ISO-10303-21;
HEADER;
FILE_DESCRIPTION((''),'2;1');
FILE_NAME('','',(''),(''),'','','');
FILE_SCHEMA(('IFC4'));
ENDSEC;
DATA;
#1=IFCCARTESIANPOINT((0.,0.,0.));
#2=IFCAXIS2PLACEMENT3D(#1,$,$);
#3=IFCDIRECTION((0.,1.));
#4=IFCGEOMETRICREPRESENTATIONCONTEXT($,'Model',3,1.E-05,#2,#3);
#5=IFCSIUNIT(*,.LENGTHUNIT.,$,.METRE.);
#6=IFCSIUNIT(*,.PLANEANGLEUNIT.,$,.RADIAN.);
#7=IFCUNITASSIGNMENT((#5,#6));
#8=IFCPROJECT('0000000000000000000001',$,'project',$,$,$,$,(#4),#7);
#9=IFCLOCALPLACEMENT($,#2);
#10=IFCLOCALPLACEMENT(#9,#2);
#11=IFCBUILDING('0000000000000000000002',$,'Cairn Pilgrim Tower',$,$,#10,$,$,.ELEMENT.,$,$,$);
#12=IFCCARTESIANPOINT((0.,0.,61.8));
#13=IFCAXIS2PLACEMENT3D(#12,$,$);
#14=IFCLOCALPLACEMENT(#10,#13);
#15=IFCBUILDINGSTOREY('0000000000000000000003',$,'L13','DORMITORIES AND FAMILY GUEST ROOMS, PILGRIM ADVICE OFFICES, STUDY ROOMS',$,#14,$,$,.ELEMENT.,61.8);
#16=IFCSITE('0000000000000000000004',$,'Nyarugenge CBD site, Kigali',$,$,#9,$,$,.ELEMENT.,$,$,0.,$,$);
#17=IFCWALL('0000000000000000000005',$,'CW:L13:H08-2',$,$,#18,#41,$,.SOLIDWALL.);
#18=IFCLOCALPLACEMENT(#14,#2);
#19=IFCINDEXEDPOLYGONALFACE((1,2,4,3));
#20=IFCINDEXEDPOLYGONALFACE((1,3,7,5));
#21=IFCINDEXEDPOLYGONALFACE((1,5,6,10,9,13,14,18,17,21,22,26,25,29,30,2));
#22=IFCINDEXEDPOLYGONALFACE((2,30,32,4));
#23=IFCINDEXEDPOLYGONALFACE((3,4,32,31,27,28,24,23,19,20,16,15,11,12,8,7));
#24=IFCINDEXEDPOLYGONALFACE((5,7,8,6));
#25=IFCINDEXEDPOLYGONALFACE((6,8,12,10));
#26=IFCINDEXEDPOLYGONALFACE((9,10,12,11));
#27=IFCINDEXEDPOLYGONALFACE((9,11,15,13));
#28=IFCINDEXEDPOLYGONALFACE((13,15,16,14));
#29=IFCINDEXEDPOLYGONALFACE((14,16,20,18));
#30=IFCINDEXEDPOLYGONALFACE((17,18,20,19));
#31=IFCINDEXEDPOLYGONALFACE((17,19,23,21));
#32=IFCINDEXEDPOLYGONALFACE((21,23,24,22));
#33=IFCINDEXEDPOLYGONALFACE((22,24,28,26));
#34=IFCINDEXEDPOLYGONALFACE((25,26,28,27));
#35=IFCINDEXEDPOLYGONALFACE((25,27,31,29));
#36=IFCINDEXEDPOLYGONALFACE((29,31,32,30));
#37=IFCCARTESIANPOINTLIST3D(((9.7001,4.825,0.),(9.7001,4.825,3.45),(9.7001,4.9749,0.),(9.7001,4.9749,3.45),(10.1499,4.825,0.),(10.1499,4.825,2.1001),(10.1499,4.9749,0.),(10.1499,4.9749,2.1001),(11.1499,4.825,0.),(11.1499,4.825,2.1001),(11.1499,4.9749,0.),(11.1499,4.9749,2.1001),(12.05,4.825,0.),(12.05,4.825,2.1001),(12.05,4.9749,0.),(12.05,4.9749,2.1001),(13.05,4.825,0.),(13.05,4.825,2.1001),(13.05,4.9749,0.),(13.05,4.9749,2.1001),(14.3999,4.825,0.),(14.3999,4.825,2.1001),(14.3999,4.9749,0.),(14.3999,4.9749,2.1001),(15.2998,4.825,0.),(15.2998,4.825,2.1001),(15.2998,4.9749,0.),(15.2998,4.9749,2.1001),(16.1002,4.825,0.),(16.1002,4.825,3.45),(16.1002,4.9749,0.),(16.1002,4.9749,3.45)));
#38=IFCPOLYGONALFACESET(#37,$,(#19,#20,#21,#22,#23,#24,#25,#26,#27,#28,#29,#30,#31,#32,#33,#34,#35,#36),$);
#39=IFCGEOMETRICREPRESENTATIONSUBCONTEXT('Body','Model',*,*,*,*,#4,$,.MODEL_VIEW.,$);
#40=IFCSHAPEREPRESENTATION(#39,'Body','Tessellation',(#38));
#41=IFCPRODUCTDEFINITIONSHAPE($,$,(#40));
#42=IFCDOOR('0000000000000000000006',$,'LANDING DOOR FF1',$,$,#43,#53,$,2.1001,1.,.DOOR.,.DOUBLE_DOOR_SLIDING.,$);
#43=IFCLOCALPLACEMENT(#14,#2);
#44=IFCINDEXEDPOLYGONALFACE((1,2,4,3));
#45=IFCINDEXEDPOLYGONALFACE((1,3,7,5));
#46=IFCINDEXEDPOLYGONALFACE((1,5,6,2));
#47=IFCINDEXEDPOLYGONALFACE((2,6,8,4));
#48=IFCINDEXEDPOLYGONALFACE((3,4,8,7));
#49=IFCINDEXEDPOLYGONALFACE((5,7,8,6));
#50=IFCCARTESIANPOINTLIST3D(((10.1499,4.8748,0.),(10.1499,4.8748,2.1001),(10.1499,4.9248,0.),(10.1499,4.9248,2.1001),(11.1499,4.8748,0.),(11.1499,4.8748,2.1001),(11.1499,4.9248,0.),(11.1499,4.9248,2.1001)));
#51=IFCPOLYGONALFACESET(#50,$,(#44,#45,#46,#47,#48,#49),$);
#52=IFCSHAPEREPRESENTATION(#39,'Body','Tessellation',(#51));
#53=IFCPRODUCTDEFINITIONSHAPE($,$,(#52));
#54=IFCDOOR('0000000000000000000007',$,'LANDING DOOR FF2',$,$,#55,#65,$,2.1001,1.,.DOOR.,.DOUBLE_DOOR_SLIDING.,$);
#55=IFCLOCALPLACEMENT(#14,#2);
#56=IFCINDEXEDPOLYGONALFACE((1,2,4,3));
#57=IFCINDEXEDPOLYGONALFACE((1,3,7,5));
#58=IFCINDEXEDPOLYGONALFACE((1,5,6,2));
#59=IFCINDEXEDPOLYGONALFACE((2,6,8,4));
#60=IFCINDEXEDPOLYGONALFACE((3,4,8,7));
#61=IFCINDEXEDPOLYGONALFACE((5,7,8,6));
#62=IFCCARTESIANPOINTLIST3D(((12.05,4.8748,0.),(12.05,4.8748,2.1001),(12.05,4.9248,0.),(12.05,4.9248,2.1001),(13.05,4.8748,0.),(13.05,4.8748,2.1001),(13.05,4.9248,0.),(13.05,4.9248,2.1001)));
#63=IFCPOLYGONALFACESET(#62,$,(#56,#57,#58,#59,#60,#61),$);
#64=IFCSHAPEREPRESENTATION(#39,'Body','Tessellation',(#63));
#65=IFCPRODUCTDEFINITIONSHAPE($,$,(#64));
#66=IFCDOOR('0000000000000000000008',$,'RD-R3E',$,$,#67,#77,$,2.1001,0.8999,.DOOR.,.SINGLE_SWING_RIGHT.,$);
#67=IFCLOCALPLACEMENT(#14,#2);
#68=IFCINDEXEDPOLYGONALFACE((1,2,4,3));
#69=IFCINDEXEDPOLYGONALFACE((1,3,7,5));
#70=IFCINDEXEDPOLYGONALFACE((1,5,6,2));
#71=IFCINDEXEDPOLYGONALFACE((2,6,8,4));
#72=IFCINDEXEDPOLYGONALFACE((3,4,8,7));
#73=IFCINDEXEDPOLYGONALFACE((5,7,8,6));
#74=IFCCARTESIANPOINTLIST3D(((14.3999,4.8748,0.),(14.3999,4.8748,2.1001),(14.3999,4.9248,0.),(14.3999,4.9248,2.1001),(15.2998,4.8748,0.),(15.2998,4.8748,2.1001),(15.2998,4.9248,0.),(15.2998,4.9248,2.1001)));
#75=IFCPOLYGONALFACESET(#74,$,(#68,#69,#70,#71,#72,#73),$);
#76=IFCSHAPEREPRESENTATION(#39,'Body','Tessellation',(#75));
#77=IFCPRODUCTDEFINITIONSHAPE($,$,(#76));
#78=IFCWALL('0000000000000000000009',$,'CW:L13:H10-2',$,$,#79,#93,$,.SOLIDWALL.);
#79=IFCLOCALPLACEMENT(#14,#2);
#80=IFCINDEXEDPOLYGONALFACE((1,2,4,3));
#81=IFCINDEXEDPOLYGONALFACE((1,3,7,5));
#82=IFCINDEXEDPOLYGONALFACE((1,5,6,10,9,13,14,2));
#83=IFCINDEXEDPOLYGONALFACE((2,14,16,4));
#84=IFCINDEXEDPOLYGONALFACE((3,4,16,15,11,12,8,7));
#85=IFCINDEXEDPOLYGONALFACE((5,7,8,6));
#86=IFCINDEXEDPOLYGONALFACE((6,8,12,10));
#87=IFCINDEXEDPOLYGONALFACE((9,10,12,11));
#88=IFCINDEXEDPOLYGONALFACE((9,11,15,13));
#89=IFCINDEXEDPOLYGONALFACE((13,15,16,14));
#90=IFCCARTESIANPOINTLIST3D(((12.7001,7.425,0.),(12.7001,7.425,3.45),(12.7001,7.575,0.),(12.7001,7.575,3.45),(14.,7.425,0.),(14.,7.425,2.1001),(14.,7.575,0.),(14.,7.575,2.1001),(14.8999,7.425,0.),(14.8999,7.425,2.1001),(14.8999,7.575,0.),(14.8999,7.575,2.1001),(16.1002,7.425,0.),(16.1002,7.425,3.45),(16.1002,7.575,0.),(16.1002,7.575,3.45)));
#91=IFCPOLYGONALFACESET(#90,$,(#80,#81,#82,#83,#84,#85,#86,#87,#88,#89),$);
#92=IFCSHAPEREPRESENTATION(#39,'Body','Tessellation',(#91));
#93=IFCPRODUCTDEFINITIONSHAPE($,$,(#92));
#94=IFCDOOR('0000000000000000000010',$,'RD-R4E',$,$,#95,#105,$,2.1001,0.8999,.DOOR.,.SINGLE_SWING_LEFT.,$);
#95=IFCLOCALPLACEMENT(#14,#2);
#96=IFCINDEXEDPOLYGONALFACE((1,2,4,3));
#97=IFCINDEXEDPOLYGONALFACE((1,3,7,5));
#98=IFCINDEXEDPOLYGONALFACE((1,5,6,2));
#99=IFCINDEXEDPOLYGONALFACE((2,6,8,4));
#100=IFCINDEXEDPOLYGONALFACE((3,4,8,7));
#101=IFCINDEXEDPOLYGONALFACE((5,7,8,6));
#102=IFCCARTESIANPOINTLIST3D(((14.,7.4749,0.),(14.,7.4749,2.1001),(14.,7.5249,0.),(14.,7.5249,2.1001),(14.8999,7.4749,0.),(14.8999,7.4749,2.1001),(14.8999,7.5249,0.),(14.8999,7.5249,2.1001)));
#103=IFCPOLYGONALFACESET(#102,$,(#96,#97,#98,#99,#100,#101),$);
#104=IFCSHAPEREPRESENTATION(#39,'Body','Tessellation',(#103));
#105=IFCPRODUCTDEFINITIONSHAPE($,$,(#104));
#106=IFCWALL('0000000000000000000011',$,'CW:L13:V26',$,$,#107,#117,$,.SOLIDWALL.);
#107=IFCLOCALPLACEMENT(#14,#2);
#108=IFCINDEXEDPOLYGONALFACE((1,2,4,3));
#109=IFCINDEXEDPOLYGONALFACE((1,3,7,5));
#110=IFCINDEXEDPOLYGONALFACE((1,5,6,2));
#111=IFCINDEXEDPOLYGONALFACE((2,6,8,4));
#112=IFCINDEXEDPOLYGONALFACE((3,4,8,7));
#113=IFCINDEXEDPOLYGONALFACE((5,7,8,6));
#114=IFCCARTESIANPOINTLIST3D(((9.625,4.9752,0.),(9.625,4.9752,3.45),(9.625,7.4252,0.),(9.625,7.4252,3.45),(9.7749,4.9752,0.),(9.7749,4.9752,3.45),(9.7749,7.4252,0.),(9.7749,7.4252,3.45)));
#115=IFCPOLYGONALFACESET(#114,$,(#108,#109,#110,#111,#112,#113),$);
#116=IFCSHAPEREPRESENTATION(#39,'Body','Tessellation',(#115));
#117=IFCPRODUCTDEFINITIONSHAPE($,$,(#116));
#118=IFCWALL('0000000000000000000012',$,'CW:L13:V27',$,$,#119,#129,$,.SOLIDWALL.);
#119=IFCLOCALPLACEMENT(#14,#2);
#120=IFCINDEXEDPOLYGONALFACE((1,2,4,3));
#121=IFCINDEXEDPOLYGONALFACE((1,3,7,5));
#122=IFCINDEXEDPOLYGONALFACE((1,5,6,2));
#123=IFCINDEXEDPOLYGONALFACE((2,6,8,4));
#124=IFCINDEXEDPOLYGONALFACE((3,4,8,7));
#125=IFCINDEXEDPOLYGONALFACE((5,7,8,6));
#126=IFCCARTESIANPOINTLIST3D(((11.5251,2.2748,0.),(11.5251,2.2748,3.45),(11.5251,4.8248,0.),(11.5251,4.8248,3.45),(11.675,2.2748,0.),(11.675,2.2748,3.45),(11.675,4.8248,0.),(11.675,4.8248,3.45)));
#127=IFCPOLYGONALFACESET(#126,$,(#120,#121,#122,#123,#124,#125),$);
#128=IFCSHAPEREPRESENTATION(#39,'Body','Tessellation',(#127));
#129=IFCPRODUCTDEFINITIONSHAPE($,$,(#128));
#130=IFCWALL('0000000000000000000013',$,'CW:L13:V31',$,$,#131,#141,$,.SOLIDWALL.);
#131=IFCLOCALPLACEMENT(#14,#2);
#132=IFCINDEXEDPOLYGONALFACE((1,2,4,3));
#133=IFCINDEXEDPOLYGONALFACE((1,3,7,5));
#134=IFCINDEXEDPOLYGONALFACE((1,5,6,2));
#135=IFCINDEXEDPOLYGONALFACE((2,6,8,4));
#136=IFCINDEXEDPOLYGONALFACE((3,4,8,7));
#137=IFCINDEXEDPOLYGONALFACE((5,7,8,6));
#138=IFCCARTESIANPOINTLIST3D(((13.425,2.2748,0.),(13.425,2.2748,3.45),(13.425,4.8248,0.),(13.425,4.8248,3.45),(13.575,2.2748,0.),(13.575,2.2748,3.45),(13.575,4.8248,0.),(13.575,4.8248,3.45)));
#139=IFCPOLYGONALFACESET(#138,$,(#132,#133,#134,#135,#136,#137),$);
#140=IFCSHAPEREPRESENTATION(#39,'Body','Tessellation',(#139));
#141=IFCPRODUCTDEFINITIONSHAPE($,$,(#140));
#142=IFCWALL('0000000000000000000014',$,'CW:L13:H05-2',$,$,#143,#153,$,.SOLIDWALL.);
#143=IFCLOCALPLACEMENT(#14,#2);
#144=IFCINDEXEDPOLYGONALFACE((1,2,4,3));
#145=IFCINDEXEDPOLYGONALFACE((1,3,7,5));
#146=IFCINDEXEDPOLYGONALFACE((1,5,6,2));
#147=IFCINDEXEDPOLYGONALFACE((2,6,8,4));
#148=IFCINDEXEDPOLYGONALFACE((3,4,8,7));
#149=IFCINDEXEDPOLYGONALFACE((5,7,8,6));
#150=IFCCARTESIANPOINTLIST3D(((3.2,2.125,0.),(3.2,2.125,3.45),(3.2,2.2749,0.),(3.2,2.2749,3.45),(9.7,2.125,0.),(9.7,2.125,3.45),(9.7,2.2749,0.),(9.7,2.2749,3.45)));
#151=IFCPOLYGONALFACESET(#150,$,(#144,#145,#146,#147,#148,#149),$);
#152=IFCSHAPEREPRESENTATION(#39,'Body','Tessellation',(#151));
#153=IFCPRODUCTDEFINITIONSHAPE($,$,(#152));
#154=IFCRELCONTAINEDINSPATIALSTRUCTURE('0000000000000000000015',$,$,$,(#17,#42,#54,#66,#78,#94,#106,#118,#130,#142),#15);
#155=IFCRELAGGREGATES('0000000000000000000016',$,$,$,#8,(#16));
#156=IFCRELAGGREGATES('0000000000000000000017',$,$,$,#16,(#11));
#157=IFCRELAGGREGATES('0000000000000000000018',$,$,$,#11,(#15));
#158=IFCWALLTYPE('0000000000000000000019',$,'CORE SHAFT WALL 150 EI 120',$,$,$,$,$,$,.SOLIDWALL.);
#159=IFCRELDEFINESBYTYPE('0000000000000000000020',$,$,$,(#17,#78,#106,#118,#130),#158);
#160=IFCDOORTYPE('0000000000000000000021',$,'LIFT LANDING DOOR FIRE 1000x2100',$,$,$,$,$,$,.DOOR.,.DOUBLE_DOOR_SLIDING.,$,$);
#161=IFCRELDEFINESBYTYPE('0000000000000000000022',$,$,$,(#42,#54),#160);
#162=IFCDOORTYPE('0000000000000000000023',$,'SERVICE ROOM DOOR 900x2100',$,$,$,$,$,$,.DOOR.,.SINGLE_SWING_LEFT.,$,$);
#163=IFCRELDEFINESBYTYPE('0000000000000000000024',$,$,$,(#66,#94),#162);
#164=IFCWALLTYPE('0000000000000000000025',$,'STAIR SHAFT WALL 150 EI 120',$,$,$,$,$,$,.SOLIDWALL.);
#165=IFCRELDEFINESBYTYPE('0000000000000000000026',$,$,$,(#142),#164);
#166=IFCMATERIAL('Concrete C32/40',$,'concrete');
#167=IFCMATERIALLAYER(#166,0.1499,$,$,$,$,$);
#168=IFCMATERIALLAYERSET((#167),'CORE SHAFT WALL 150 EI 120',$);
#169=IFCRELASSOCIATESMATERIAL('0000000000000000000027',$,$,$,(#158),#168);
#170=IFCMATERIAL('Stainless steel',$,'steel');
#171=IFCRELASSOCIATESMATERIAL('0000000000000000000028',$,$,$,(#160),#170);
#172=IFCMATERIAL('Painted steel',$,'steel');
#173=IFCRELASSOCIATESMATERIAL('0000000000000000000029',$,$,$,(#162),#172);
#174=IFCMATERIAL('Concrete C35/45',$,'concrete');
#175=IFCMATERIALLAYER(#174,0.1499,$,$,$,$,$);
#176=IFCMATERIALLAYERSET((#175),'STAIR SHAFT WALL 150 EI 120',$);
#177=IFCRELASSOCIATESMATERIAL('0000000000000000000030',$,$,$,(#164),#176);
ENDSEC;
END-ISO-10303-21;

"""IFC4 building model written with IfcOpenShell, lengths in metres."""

from ifc_helpers import new_model, si_unit, direction, frame, frame_2d, origin, place, context, subcontext, project, spatial, rectangle, extrude, material, layer, layer_set, type_object, element, fill, save


model = new_model("IFC4")

# Units and contexts
model_context = context("Model", 3, precision=1e-05, world=origin(), true_north=direction((0.0, 1.0)))
body_context = subcontext(model_context, "Body", "Model", "MODEL_VIEW")
ifc_project = project(units=[si_unit("LENGTHUNIT", "METRE"), si_unit("PLANEANGLEUNIT", "RADIAN")], contexts=[model_context])

# Site, building, storey
site_placement = place(None, origin())
site = spatial("IfcSite", under=ifc_project, at=site_placement, Name="Nyarugenge CBD site, Kigali", CompositionType="ELEMENT", RefElevation=0.0)
building_placement = place(site_placement, origin())
building = spatial("IfcBuilding", under=site, at=building_placement, Name="Cairn Pilgrim Tower", CompositionType="ELEMENT")
storey_placement = place(building_placement, frame((0.0, 0.0, 61.8)))
storey = spatial("IfcBuildingStorey", under=building, at=storey_placement, Name="L13", Description="DORMITORIES AND FAMILY GUEST ROOMS, PILGRIM ADVICE OFFICES, STUDY ROOMS", CompositionType="ELEMENT", Elevation=61.8)

# Shared definitions
ifc_material_1 = material(Name="Concrete C32/40", Category="concrete")
ifc_layer_1 = layer(ifc_material_1, 0.1499)
ifc_layer_set_1 = layer_set([ifc_layer_1], Name="CORE SHAFT WALL 150 EI 120")
wall_type_1 = type_object("IfcWallType", Name="CORE SHAFT WALL 150 EI 120", PredefinedType="SOLIDWALL", material=ifc_layer_set_1)

# Wall, openings, doors
wall_1_placement = place(storey_placement, frame((9.7, 4.8999, 0.0), z_axis=(0.0, 0.0, 1.0), x_axis=(1.0, 0.0, 0.0)))
wall_1 = element("IfcWall", 1, at=wall_1_placement, inside=storey, type_object=wall_type_1, Name="CW:L13:H08-2", PredefinedType="SOLIDWALL", context=body_context, shape_type="SweptSolid", body=[
    extrude(rectangle(XDim=6.4001, YDim=0.1499, at=frame_2d((3.2002, 0.0))), origin(), (0.0, 0.0, 1.0), 3.45),
])
opening_1_placement = place(wall_1_placement, frame((0.45, 0.0, 0.0)))
opening_1 = element("IfcOpeningElement", 2, at=opening_1_placement, cuts=wall_1, PredefinedType="OPENING", context=body_context, shape_type="SweptSolid", body=[
    extrude(rectangle(XDim=1.0, YDim=2.1001, at=frame_2d((0.5, 1.05))), frame((0.0, 0.085, 0.0), z_axis=(0.0, -1.0, 0.0), x_axis=(1.0, 0.0, 0.0)), (0.0, 0.0, 1.0), 0.1699),
])
opening_2_placement = place(wall_1_placement, frame((2.3501, 0.0, 0.0)))
opening_2 = element("IfcOpeningElement", 3, at=opening_2_placement, cuts=wall_1, PredefinedType="OPENING", context=body_context, shape_type="SweptSolid", body=[
    extrude(rectangle(XDim=1.0, YDim=2.1001, at=frame_2d((0.5, 1.05))), frame((0.0, 0.085, 0.0), z_axis=(0.0, -1.0, 0.0), x_axis=(1.0, 0.0, 0.0)), (0.0, 0.0, 1.0), 0.1699),
])
opening_3_placement = place(wall_1_placement, frame((4.7, 0.0, 0.0)))
opening_3 = element("IfcOpeningElement", 4, at=opening_3_placement, cuts=wall_1, PredefinedType="OPENING", context=body_context, shape_type="SweptSolid", body=[
    extrude(rectangle(XDim=0.8999, YDim=2.1001, at=frame_2d((0.45, 1.05))), frame((0.0, 0.085, 0.0), z_axis=(0.0, -1.0, 0.0), x_axis=(1.0, 0.0, 0.0)), (0.0, 0.0, 1.0), 0.1699),
])
ifc_material_2 = material(Name="Stainless steel", Category="steel")
door_type_1 = type_object("IfcDoorType", Name="LIFT LANDING DOOR FIRE 1000x2100", OperationType="DOUBLE_DOOR_SLIDING", PredefinedType="DOOR", material=ifc_material_2)
door_1_placement = place(opening_1_placement, origin())
door_1 = element("IfcDoor", 5, at=door_1_placement, inside=storey, type_object=door_type_1, Name="LANDING DOOR FF1", OperationType="DOUBLE_DOOR_SLIDING", OverallHeight=2.1001, OverallWidth=1.0, PredefinedType="DOOR", context=body_context, shape_type="SweptSolid", body=[
    extrude(rectangle(XDim=1.0, YDim=2.1001, at=frame_2d((0.5, 1.05))), frame((0.0, 0.0249, 0.0), z_axis=(0.0, -1.0, 0.0), x_axis=(1.0, 0.0, 0.0)), (0.0, 0.0, 1.0), 0.05),
])
fill(opening_1, door_1)
door_2_placement = place(opening_2_placement, origin())
door_2 = element("IfcDoor", 6, at=door_2_placement, inside=storey, type_object=door_type_1, Name="LANDING DOOR FF2", OperationType="DOUBLE_DOOR_SLIDING", OverallHeight=2.1001, OverallWidth=1.0, PredefinedType="DOOR", context=body_context, shape_type="SweptSolid", body=[
    extrude(rectangle(XDim=1.0, YDim=2.1001, at=frame_2d((0.5, 1.05))), frame((0.0, 0.0249, 0.0), z_axis=(0.0, -1.0, 0.0), x_axis=(1.0, 0.0, 0.0)), (0.0, 0.0, 1.0), 0.05),
])
fill(opening_2, door_2)
ifc_material_3 = material(Name="Painted steel", Category="steel")
door_type_2 = type_object("IfcDoorType", Name="SERVICE ROOM DOOR 900x2100", OperationType="SINGLE_SWING_LEFT", PredefinedType="DOOR", material=ifc_material_3)
door_3_placement = place(opening_3_placement, origin())
door_3 = element("IfcDoor", 7, at=door_3_placement, inside=storey, type_object=door_type_2, Name="RD-R3E", OperationType="SINGLE_SWING_RIGHT", OverallHeight=2.1001, OverallWidth=0.8999, PredefinedType="DOOR", context=body_context, shape_type="SweptSolid", body=[
    extrude(rectangle(XDim=0.8999, YDim=2.1001, at=frame_2d((0.45, 1.05))), frame((0.0, 0.0249, 0.0), z_axis=(0.0, -1.0, 0.0), x_axis=(1.0, 0.0, 0.0)), (0.0, 0.0, 1.0), 0.05),
])
fill(opening_3, door_3)

# Wall, opening, door
wall_2_placement = place(storey_placement, frame((12.7, 7.5, 0.0), z_axis=(0.0, 0.0, 1.0), x_axis=(1.0, 0.0, 0.0)))
wall_2 = element("IfcWall", 8, at=wall_2_placement, inside=storey, type_object=wall_type_1, Name="CW:L13:H10-2", PredefinedType="SOLIDWALL", context=body_context, shape_type="SweptSolid", body=[
    extrude(rectangle(XDim=3.4001, YDim=0.1499, at=frame_2d((1.7002, 0.0))), origin(), (0.0, 0.0, 1.0), 3.45),
])
opening_4_placement = place(wall_2_placement, frame((1.3, 0.0, 0.0)))
opening_4 = element("IfcOpeningElement", 9, at=opening_4_placement, cuts=wall_2, PredefinedType="OPENING", context=body_context, shape_type="SweptSolid", body=[
    extrude(rectangle(XDim=0.8999, YDim=2.1001, at=frame_2d((0.45, 1.05))), frame((0.0, 0.085, 0.0), z_axis=(0.0, -1.0, 0.0), x_axis=(1.0, 0.0, 0.0)), (0.0, 0.0, 1.0), 0.1699),
])
door_4_placement = place(opening_4_placement, origin())
door_4 = element("IfcDoor", 10, at=door_4_placement, inside=storey, type_object=door_type_2, Name="RD-R4E", OperationType="SINGLE_SWING_LEFT", OverallHeight=2.1001, OverallWidth=0.8999, PredefinedType="DOOR", context=body_context, shape_type="SweptSolid", body=[
    extrude(rectangle(XDim=0.8999, YDim=2.1001, at=frame_2d((0.45, 1.05))), frame((0.0, 0.0249, 0.0), z_axis=(0.0, -1.0, 0.0), x_axis=(1.0, 0.0, 0.0)), (0.0, 0.0, 1.0), 0.05),
])
fill(opening_4, door_4)

# Walls
wall_3_placement = place(storey_placement, frame((9.7, 4.9751, 0.0), z_axis=(0.0, 0.0, 1.0), x_axis=(0.0, 1.0, 0.0)))
element("IfcWall", 11, at=wall_3_placement, inside=storey, type_object=wall_type_1, Name="CW:L13:V26", PredefinedType="SOLIDWALL", context=body_context, shape_type="SweptSolid", body=[
    extrude(rectangle(XDim=2.45, YDim=0.1499, at=frame_2d((1.2251, 0.0))), origin(), (0.0, 0.0, 1.0), 3.45),
])
for number, where, z_axis, x_axis, name in (
    (12, (11.6001, 2.2749, 0.0), (0.0, 0.0, 1.0), (0.0, 1.0, 0.0), "CW:L13:V27"),
    (13, (13.5, 2.2749, 0.0), (0.0, 0.0, 1.0), (0.0, 1.0, 0.0), "CW:L13:V31"),
):
    element("IfcWall", number, at=place(storey_placement, frame(where, z_axis=z_axis, x_axis=x_axis)), inside=storey, type_object=wall_type_1, Name=name, PredefinedType="SOLIDWALL", context=body_context, shape_type="SweptSolid", body=[
        extrude(rectangle(XDim=2.55, YDim=0.1499, at=frame_2d((1.2749, 0.0))), origin(), (0.0, 0.0, 1.0), 3.45),
    ])
ifc_material_4 = material(Name="Concrete C35/45", Category="concrete")
ifc_layer_2 = layer(ifc_material_4, 0.1499)
ifc_layer_set_2 = layer_set([ifc_layer_2], Name="STAIR SHAFT WALL 150 EI 120")
wall_type_2 = type_object("IfcWallType", Name="STAIR SHAFT WALL 150 EI 120", PredefinedType="SOLIDWALL", material=ifc_layer_set_2)
wall_4_placement = place(storey_placement, frame((3.2, 2.2, 0.0), z_axis=(0.0, 0.0, 1.0), x_axis=(1.0, 0.0, 0.0)))
element("IfcWall", 14, at=wall_4_placement, inside=storey, type_object=wall_type_2, Name="CW:L13:H05-2", PredefinedType="SOLIDWALL", context=body_context, shape_type="SweptSolid", body=[
    extrude(rectangle(XDim=6.5, YDim=0.1499, at=frame_2d((3.25, 0.0))), origin(), (0.0, 0.0, 1.0), 3.45),
])

save(model, "model.ifc")
